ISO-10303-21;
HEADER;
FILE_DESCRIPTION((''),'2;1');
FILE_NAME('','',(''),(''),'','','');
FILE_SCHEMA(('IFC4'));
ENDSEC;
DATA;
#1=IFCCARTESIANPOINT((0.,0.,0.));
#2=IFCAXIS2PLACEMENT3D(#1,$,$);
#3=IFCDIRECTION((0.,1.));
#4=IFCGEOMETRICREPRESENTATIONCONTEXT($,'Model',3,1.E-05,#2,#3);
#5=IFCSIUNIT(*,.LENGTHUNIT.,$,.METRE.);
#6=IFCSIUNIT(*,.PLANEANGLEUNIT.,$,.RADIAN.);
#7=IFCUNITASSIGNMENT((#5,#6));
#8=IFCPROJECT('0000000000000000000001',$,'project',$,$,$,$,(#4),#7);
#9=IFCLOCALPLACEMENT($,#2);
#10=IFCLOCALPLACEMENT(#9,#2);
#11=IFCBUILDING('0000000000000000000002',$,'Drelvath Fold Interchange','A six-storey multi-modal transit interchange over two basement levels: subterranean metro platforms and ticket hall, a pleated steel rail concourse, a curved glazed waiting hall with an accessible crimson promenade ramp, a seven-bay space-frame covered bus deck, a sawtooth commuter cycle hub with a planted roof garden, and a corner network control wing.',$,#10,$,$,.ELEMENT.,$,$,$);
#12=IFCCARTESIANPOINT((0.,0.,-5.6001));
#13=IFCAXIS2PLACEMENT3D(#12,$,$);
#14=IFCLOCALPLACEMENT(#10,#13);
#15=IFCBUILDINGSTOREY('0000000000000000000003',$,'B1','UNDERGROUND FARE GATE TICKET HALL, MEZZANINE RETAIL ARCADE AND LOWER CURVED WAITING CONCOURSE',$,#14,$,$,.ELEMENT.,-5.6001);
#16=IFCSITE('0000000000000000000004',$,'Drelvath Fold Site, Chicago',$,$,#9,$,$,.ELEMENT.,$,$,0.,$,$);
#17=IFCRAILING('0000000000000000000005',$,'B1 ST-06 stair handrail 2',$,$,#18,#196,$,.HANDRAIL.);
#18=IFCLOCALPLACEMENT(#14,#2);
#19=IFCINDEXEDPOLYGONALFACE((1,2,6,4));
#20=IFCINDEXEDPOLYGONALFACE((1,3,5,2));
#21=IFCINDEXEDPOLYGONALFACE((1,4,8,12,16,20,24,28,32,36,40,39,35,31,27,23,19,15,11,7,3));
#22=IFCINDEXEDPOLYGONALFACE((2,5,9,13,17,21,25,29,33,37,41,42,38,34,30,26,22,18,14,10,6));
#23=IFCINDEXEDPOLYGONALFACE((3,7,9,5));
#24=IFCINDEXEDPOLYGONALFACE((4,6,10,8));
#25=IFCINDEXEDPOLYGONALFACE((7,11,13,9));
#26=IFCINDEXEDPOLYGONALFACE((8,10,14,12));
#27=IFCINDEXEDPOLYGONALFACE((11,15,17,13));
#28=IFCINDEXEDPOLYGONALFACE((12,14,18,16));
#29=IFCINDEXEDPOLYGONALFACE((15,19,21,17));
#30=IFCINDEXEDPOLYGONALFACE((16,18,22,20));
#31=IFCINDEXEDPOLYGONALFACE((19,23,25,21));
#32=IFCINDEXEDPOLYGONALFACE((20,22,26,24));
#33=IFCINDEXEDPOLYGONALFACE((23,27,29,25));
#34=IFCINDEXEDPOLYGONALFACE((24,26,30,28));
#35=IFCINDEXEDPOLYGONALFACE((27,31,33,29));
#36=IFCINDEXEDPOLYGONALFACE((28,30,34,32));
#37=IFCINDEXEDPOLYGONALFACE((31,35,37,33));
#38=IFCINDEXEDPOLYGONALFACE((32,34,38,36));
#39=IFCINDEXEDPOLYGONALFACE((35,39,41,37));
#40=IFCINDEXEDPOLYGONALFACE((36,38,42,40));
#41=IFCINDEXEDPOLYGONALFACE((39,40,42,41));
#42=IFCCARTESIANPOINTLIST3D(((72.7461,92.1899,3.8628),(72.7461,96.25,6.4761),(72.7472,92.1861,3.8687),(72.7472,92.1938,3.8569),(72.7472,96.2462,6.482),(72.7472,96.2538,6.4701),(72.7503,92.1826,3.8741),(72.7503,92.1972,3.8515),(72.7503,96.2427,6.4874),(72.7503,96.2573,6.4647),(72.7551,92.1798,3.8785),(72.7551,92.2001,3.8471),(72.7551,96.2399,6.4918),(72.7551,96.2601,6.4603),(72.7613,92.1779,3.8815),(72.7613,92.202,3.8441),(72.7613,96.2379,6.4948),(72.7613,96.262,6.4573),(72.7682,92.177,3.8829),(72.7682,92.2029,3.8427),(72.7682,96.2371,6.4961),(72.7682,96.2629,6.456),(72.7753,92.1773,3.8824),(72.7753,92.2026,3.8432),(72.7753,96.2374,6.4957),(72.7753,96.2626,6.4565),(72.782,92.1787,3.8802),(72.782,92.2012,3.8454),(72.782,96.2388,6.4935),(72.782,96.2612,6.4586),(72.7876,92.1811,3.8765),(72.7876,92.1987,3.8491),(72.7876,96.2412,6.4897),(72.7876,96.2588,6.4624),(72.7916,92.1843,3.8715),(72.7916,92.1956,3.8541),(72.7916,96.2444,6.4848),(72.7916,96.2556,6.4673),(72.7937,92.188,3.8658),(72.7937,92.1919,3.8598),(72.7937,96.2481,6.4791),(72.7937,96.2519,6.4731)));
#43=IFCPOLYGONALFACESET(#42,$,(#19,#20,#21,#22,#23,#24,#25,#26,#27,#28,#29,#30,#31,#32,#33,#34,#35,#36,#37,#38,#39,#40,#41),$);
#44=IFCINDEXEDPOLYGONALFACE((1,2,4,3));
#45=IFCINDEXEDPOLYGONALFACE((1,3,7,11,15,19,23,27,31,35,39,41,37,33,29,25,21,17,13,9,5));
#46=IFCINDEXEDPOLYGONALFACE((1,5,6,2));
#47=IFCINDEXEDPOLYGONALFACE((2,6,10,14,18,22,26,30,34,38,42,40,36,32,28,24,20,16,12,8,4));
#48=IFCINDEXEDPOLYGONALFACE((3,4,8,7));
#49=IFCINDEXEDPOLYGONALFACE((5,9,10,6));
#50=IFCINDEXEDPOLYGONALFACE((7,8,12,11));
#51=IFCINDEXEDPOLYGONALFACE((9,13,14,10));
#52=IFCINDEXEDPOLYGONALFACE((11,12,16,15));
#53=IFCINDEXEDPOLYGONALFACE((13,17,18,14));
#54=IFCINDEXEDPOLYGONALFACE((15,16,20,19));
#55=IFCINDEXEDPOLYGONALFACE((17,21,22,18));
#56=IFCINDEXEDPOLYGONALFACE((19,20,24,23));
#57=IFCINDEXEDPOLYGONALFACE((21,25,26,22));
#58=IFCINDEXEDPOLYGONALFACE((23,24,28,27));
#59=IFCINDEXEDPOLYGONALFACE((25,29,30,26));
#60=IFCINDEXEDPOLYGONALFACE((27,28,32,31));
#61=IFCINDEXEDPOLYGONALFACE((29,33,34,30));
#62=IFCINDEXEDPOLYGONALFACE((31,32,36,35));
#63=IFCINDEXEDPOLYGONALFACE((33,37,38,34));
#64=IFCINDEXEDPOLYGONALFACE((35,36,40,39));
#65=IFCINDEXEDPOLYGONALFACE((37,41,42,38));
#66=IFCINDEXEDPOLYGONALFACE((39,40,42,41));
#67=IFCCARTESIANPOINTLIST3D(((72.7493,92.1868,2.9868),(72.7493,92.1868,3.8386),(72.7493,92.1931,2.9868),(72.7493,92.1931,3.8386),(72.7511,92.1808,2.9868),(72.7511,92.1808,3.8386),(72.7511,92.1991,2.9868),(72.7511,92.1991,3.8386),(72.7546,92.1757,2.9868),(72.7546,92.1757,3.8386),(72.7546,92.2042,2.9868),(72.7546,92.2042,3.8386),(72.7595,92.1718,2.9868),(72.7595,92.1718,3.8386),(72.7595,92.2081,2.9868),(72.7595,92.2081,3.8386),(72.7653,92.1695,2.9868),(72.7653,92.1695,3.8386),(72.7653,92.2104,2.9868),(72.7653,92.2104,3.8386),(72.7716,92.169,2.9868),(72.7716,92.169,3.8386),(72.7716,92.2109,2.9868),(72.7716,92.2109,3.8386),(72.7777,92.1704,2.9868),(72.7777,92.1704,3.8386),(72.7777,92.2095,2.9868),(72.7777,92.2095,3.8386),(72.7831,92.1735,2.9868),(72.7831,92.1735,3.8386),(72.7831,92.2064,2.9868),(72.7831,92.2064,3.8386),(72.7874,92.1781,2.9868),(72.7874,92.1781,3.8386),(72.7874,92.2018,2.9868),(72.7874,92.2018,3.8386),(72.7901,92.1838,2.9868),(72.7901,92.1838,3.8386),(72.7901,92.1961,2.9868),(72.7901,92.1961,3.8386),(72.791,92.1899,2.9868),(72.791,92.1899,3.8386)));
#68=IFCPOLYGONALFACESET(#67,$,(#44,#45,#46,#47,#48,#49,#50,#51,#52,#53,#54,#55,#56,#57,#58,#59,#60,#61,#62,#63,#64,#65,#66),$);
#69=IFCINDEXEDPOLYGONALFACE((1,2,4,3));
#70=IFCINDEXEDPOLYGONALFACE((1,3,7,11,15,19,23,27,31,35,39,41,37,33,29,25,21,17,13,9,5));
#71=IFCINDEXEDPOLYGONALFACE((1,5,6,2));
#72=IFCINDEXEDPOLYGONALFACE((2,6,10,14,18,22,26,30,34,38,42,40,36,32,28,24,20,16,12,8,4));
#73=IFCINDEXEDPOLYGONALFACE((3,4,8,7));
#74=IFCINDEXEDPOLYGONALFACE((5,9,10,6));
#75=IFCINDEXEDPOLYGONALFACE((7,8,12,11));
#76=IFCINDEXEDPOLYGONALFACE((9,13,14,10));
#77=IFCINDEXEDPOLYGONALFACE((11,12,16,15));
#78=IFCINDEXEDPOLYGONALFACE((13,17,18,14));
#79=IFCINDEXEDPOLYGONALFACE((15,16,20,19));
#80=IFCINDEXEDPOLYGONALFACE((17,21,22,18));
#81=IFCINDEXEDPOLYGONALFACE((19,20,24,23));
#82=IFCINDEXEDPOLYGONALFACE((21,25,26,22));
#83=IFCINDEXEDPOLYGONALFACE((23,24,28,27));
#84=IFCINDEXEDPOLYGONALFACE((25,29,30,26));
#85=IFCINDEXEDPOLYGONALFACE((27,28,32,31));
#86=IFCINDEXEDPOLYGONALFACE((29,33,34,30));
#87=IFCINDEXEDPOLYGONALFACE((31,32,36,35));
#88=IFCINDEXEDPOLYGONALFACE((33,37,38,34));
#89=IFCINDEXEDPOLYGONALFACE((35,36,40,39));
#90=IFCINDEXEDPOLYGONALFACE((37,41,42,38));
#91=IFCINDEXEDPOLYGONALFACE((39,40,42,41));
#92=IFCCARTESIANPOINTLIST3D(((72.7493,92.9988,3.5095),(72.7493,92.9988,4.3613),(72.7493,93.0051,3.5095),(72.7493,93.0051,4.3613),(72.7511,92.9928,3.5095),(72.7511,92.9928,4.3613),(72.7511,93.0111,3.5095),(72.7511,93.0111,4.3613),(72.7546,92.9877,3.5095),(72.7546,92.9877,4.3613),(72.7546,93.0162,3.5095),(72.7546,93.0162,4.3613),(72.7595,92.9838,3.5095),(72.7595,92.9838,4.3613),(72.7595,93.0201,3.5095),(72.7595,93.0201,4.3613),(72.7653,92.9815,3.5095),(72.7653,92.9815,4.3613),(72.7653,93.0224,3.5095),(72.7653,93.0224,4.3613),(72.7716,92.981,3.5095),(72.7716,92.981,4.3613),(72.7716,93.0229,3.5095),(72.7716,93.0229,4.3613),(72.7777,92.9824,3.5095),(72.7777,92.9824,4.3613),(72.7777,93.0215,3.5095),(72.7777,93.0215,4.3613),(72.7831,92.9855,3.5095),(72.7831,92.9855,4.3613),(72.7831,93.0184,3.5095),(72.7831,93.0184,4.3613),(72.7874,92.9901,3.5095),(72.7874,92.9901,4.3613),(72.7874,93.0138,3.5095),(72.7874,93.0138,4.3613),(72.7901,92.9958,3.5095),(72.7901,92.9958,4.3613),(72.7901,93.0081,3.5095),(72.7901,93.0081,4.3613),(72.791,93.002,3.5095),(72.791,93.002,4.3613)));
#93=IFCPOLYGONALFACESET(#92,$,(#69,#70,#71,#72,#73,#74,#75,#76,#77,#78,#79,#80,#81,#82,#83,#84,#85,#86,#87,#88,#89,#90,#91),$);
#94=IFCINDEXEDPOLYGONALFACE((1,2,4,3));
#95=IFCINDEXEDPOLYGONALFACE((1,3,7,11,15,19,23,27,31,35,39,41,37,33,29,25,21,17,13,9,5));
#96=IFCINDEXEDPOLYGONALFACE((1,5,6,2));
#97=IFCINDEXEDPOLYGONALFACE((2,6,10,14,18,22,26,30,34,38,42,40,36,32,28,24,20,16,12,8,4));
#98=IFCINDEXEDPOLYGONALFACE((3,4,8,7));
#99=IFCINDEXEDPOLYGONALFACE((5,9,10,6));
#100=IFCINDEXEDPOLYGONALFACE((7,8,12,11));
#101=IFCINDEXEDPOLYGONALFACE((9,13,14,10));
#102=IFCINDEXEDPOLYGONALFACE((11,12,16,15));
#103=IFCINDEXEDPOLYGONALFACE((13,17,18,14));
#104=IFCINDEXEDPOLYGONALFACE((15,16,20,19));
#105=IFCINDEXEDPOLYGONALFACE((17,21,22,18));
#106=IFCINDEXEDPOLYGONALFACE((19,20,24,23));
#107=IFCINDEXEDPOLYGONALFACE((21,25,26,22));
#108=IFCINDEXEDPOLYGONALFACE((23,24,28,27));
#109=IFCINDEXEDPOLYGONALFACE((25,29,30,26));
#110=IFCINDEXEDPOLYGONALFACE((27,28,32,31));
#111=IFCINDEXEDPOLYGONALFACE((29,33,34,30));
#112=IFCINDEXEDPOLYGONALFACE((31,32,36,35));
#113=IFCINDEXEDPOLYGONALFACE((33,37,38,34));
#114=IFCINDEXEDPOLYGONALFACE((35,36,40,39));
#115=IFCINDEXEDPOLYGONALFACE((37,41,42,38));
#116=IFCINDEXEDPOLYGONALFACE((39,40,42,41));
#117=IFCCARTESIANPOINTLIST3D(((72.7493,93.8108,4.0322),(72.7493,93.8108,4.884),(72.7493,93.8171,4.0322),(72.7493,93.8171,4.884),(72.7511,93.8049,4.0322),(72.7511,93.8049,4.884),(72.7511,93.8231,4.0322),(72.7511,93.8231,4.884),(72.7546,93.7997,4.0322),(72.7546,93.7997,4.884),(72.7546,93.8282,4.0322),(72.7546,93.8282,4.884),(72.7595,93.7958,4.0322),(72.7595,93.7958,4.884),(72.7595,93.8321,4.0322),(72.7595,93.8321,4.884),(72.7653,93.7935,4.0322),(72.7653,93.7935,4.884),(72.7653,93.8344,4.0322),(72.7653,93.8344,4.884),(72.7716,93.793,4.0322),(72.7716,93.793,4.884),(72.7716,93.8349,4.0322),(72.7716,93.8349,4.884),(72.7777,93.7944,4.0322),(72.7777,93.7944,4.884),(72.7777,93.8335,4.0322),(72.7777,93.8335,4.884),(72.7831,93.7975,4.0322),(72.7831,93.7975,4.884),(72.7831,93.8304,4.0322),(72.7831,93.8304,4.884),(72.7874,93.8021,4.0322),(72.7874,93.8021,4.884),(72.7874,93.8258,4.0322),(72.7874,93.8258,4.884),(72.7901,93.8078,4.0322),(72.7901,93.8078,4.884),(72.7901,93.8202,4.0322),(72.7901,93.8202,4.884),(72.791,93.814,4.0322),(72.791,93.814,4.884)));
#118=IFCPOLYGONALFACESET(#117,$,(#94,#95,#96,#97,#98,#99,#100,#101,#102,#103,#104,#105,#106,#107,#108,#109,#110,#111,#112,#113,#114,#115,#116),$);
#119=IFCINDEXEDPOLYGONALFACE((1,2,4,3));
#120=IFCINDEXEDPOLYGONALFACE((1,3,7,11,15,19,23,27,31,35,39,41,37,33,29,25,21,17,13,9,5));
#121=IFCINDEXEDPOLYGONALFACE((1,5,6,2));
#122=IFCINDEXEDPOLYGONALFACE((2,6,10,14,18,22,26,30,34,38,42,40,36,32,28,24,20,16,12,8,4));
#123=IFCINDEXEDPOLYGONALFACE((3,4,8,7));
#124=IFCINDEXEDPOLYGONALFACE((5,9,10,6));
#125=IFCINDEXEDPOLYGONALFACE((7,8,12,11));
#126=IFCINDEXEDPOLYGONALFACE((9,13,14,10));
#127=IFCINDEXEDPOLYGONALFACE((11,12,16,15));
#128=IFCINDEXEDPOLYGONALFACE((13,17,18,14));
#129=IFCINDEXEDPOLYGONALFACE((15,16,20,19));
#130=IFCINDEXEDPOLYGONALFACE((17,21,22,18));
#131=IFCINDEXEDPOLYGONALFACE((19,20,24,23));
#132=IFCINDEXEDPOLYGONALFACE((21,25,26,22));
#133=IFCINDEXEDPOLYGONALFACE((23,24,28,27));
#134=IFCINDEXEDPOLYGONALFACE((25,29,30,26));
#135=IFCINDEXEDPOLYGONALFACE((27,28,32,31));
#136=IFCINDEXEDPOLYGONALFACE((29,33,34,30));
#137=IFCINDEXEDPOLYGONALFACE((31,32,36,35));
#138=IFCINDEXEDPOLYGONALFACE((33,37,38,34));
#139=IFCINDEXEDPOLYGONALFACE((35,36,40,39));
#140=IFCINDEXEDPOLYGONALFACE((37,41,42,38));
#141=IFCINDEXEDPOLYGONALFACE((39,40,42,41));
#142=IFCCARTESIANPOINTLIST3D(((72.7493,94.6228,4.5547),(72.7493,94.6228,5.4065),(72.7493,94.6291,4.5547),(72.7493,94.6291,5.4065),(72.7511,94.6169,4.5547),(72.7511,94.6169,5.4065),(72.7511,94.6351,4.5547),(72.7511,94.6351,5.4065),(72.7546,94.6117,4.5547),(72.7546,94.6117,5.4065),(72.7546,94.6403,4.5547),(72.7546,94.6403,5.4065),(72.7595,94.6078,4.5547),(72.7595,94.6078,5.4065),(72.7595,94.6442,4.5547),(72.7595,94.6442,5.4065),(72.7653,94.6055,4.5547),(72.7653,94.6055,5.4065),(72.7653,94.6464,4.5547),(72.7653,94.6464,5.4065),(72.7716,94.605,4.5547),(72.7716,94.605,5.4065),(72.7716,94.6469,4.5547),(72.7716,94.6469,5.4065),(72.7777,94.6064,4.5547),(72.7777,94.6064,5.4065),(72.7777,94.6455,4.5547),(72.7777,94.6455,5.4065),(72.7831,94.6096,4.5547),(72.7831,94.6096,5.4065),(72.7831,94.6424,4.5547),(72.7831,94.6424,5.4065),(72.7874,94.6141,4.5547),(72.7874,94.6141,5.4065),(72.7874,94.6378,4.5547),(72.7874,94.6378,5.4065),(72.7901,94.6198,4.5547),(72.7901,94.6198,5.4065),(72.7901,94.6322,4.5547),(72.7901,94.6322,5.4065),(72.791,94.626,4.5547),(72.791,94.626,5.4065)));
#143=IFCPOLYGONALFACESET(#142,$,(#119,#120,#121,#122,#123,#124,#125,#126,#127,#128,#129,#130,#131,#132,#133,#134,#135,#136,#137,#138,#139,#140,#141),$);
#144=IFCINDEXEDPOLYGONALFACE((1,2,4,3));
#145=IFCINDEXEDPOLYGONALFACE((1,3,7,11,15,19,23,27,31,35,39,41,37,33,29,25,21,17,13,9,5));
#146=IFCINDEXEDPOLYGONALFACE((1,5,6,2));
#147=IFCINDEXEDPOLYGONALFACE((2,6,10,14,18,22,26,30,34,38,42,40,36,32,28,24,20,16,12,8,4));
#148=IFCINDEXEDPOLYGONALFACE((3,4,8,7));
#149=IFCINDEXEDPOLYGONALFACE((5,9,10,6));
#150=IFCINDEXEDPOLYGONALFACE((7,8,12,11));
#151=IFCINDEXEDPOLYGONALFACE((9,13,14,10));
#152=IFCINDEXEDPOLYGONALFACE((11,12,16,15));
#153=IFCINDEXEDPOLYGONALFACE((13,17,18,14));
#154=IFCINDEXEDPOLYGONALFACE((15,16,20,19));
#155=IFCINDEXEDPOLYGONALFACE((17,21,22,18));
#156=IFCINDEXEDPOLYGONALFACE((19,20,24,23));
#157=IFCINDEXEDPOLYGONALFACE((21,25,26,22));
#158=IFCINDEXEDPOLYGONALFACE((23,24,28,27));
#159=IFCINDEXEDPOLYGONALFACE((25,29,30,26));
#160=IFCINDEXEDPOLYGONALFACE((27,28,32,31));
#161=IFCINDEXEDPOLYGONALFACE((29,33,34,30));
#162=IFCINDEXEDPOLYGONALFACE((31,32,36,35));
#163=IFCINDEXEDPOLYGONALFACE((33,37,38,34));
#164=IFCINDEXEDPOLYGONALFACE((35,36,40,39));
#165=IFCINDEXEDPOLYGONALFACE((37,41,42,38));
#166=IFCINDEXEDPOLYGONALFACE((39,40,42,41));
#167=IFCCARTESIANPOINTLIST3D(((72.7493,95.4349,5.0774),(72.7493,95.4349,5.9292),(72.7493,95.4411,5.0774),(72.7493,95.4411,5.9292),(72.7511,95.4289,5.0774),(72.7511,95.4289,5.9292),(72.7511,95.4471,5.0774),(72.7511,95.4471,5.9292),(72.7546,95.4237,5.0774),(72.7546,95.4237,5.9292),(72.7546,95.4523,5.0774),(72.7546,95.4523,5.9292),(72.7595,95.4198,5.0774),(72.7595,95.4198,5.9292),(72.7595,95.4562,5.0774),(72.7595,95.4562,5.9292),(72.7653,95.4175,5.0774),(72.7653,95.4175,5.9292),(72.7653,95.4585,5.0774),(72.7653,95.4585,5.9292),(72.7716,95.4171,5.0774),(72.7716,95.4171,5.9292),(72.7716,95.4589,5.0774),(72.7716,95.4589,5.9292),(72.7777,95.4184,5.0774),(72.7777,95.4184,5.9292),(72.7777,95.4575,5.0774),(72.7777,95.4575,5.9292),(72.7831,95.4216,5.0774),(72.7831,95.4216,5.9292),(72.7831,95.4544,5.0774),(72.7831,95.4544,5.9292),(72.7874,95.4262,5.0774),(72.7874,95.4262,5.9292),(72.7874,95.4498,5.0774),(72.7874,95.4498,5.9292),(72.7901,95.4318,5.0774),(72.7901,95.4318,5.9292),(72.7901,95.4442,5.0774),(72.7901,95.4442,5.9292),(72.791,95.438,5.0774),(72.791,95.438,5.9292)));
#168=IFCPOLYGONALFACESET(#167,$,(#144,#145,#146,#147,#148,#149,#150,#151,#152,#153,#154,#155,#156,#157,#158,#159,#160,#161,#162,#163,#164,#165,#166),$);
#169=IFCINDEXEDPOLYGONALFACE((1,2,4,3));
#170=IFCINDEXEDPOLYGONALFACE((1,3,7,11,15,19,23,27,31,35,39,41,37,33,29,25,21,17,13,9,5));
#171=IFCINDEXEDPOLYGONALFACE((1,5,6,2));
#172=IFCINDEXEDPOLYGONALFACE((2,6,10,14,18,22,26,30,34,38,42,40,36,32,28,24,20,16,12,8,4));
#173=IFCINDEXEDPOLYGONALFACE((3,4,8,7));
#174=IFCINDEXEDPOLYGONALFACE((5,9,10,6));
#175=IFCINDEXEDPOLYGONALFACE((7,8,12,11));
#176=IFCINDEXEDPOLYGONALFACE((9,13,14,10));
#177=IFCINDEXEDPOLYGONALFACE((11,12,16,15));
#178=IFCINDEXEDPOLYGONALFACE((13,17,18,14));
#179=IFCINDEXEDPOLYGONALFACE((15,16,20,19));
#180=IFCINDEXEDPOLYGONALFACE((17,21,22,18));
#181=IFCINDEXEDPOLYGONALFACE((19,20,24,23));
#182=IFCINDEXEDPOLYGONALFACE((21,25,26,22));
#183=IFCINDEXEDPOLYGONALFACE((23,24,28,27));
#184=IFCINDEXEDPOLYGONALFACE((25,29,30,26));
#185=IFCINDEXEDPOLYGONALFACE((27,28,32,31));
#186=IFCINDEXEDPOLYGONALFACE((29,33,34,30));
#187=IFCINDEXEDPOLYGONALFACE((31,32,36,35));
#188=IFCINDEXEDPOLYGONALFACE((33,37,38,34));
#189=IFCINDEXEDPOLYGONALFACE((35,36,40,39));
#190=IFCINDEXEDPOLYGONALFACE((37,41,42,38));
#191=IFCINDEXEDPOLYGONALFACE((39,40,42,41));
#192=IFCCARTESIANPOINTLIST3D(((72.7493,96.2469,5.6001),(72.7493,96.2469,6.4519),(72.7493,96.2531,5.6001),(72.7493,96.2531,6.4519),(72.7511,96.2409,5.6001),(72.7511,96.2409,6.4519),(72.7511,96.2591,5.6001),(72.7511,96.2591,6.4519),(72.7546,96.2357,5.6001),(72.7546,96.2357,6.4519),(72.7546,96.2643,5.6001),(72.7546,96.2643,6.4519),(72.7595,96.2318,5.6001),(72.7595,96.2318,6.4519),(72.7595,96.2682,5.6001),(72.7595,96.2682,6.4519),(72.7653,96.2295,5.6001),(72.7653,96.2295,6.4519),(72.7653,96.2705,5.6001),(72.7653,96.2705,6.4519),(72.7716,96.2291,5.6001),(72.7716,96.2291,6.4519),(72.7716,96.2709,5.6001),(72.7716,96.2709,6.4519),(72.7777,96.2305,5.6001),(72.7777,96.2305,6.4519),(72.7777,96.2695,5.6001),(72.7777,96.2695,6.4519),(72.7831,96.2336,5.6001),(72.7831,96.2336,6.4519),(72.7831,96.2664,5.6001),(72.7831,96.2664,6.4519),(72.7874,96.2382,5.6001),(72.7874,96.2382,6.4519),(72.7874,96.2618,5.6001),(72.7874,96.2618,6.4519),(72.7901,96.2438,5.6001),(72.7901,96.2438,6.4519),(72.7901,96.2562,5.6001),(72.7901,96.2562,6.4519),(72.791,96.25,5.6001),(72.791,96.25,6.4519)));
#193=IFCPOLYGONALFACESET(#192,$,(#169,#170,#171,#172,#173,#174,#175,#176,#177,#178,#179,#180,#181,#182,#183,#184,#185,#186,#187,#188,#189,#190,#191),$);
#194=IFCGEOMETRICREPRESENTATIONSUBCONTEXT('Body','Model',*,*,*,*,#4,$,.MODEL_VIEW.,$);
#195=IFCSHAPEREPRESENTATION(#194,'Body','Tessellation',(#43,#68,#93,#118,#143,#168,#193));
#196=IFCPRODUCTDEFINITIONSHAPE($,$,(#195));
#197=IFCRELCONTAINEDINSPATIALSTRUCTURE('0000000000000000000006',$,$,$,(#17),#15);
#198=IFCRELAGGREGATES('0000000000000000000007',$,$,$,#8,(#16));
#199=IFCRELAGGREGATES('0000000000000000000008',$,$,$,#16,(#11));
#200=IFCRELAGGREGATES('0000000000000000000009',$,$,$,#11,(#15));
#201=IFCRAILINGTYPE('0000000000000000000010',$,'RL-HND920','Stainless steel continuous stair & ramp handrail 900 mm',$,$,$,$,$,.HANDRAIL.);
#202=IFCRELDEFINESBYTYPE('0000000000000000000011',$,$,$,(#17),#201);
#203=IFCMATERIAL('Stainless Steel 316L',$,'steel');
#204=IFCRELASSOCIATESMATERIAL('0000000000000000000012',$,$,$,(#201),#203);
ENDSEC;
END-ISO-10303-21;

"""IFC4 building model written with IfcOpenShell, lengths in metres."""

from ifc_helpers import new_model, si_unit, direction, frame, origin, origin_2d, place, context, subcontext, project, spatial, circle, extrude, material, type_object, element, save


model = new_model("IFC4")

# Units and contexts
model_context = context("Model", 3, precision=1e-05, world=origin(), true_north=direction((0.0, 1.0)))
body_context = subcontext(model_context, "Body", "Model", "MODEL_VIEW")
ifc_project = project(units=[si_unit("LENGTHUNIT", "METRE"), si_unit("PLANEANGLEUNIT", "RADIAN")], contexts=[model_context])

# Site, building, storey
site_placement = place(None, origin())
site = spatial("IfcSite", under=ifc_project, at=site_placement, Name="Drelvath Fold Site, Chicago", CompositionType="ELEMENT", RefElevation=0.0)
building_placement = place(site_placement, origin())
building = spatial("IfcBuilding", under=site, at=building_placement, Name="Drelvath Fold Interchange", Description="A six-storey multi-modal transit interchange over two basement levels: subterranean metro platforms and ticket hall, a pleated steel rail concourse, a curved glazed waiting hall with an accessible crimson promenade ramp, a seven-bay space-frame covered bus deck, a sawtooth commuter cycle hub with a planted roof garden, and a corner network control wing.", CompositionType="ELEMENT")
storey_placement = place(building_placement, frame((0.0, 0.0, -5.6001)))
storey = spatial("IfcBuildingStorey", under=building, at=storey_placement, Name="B1", Description="UNDERGROUND FARE GATE TICKET HALL, MEZZANINE RETAIL ARCADE AND LOWER CURVED WAITING CONCOURSE", CompositionType="ELEMENT", Elevation=-5.6001)

# Railing
ifc_material_1 = material(Name="Stainless Steel 316L", Category="steel")
railing_type_1 = type_object("IfcRailingType", Name="RL-HND920", Description="Stainless steel continuous stair & ramp handrail 900 mm", PredefinedType="HANDRAIL", material=ifc_material_1)
railing_1_placement = place(storey_placement, frame((72.77, 92.1899, 2.9868)))
element("IfcRailing", 1, at=railing_1_placement, inside=storey, type_object=railing_type_1, Name="B1 ST-06 stair handrail 2", PredefinedType="HANDRAIL", context=body_context, shape_type="SweptSolid", body=[
    extrude(circle(Radius=0.0239, at=origin_2d()), frame((0.0, 0.0, 0.876), z_axis=(0.0, 0.840873, 0.541233), x_axis=(-1.0, 0.0, 0.0)), (0.0, 0.0, 1.0), 4.8284),
    extrude(circle(Radius=0.021, at=origin_2d()), origin(), (0.0, 0.0, 1.0), 0.8518),
    extrude(circle(Radius=0.021, at=origin_2d()), frame((0.0, 0.812, 0.5227)), (0.0, 0.0, 1.0), 0.8518),
    extrude(circle(Radius=0.021, at=origin_2d()), frame((0.0, 1.624, 1.0454)), (0.0, 0.0, 1.0), 0.8518),
    extrude(circle(Radius=0.021, at=origin_2d()), frame((0.0, 2.436, 1.5679)), (0.0, 0.0, 1.0), 0.8518),
    extrude(circle(Radius=0.021, at=origin_2d()), frame((0.0, 3.248, 2.0906)), (0.0, 0.0, 1.0), 0.8518),
    extrude(circle(Radius=0.021, at=origin_2d()), frame((0.0, 4.0601, 2.6133)), (0.0, 0.0, 1.0), 0.8518),
])

save(model, "model.ifc")
